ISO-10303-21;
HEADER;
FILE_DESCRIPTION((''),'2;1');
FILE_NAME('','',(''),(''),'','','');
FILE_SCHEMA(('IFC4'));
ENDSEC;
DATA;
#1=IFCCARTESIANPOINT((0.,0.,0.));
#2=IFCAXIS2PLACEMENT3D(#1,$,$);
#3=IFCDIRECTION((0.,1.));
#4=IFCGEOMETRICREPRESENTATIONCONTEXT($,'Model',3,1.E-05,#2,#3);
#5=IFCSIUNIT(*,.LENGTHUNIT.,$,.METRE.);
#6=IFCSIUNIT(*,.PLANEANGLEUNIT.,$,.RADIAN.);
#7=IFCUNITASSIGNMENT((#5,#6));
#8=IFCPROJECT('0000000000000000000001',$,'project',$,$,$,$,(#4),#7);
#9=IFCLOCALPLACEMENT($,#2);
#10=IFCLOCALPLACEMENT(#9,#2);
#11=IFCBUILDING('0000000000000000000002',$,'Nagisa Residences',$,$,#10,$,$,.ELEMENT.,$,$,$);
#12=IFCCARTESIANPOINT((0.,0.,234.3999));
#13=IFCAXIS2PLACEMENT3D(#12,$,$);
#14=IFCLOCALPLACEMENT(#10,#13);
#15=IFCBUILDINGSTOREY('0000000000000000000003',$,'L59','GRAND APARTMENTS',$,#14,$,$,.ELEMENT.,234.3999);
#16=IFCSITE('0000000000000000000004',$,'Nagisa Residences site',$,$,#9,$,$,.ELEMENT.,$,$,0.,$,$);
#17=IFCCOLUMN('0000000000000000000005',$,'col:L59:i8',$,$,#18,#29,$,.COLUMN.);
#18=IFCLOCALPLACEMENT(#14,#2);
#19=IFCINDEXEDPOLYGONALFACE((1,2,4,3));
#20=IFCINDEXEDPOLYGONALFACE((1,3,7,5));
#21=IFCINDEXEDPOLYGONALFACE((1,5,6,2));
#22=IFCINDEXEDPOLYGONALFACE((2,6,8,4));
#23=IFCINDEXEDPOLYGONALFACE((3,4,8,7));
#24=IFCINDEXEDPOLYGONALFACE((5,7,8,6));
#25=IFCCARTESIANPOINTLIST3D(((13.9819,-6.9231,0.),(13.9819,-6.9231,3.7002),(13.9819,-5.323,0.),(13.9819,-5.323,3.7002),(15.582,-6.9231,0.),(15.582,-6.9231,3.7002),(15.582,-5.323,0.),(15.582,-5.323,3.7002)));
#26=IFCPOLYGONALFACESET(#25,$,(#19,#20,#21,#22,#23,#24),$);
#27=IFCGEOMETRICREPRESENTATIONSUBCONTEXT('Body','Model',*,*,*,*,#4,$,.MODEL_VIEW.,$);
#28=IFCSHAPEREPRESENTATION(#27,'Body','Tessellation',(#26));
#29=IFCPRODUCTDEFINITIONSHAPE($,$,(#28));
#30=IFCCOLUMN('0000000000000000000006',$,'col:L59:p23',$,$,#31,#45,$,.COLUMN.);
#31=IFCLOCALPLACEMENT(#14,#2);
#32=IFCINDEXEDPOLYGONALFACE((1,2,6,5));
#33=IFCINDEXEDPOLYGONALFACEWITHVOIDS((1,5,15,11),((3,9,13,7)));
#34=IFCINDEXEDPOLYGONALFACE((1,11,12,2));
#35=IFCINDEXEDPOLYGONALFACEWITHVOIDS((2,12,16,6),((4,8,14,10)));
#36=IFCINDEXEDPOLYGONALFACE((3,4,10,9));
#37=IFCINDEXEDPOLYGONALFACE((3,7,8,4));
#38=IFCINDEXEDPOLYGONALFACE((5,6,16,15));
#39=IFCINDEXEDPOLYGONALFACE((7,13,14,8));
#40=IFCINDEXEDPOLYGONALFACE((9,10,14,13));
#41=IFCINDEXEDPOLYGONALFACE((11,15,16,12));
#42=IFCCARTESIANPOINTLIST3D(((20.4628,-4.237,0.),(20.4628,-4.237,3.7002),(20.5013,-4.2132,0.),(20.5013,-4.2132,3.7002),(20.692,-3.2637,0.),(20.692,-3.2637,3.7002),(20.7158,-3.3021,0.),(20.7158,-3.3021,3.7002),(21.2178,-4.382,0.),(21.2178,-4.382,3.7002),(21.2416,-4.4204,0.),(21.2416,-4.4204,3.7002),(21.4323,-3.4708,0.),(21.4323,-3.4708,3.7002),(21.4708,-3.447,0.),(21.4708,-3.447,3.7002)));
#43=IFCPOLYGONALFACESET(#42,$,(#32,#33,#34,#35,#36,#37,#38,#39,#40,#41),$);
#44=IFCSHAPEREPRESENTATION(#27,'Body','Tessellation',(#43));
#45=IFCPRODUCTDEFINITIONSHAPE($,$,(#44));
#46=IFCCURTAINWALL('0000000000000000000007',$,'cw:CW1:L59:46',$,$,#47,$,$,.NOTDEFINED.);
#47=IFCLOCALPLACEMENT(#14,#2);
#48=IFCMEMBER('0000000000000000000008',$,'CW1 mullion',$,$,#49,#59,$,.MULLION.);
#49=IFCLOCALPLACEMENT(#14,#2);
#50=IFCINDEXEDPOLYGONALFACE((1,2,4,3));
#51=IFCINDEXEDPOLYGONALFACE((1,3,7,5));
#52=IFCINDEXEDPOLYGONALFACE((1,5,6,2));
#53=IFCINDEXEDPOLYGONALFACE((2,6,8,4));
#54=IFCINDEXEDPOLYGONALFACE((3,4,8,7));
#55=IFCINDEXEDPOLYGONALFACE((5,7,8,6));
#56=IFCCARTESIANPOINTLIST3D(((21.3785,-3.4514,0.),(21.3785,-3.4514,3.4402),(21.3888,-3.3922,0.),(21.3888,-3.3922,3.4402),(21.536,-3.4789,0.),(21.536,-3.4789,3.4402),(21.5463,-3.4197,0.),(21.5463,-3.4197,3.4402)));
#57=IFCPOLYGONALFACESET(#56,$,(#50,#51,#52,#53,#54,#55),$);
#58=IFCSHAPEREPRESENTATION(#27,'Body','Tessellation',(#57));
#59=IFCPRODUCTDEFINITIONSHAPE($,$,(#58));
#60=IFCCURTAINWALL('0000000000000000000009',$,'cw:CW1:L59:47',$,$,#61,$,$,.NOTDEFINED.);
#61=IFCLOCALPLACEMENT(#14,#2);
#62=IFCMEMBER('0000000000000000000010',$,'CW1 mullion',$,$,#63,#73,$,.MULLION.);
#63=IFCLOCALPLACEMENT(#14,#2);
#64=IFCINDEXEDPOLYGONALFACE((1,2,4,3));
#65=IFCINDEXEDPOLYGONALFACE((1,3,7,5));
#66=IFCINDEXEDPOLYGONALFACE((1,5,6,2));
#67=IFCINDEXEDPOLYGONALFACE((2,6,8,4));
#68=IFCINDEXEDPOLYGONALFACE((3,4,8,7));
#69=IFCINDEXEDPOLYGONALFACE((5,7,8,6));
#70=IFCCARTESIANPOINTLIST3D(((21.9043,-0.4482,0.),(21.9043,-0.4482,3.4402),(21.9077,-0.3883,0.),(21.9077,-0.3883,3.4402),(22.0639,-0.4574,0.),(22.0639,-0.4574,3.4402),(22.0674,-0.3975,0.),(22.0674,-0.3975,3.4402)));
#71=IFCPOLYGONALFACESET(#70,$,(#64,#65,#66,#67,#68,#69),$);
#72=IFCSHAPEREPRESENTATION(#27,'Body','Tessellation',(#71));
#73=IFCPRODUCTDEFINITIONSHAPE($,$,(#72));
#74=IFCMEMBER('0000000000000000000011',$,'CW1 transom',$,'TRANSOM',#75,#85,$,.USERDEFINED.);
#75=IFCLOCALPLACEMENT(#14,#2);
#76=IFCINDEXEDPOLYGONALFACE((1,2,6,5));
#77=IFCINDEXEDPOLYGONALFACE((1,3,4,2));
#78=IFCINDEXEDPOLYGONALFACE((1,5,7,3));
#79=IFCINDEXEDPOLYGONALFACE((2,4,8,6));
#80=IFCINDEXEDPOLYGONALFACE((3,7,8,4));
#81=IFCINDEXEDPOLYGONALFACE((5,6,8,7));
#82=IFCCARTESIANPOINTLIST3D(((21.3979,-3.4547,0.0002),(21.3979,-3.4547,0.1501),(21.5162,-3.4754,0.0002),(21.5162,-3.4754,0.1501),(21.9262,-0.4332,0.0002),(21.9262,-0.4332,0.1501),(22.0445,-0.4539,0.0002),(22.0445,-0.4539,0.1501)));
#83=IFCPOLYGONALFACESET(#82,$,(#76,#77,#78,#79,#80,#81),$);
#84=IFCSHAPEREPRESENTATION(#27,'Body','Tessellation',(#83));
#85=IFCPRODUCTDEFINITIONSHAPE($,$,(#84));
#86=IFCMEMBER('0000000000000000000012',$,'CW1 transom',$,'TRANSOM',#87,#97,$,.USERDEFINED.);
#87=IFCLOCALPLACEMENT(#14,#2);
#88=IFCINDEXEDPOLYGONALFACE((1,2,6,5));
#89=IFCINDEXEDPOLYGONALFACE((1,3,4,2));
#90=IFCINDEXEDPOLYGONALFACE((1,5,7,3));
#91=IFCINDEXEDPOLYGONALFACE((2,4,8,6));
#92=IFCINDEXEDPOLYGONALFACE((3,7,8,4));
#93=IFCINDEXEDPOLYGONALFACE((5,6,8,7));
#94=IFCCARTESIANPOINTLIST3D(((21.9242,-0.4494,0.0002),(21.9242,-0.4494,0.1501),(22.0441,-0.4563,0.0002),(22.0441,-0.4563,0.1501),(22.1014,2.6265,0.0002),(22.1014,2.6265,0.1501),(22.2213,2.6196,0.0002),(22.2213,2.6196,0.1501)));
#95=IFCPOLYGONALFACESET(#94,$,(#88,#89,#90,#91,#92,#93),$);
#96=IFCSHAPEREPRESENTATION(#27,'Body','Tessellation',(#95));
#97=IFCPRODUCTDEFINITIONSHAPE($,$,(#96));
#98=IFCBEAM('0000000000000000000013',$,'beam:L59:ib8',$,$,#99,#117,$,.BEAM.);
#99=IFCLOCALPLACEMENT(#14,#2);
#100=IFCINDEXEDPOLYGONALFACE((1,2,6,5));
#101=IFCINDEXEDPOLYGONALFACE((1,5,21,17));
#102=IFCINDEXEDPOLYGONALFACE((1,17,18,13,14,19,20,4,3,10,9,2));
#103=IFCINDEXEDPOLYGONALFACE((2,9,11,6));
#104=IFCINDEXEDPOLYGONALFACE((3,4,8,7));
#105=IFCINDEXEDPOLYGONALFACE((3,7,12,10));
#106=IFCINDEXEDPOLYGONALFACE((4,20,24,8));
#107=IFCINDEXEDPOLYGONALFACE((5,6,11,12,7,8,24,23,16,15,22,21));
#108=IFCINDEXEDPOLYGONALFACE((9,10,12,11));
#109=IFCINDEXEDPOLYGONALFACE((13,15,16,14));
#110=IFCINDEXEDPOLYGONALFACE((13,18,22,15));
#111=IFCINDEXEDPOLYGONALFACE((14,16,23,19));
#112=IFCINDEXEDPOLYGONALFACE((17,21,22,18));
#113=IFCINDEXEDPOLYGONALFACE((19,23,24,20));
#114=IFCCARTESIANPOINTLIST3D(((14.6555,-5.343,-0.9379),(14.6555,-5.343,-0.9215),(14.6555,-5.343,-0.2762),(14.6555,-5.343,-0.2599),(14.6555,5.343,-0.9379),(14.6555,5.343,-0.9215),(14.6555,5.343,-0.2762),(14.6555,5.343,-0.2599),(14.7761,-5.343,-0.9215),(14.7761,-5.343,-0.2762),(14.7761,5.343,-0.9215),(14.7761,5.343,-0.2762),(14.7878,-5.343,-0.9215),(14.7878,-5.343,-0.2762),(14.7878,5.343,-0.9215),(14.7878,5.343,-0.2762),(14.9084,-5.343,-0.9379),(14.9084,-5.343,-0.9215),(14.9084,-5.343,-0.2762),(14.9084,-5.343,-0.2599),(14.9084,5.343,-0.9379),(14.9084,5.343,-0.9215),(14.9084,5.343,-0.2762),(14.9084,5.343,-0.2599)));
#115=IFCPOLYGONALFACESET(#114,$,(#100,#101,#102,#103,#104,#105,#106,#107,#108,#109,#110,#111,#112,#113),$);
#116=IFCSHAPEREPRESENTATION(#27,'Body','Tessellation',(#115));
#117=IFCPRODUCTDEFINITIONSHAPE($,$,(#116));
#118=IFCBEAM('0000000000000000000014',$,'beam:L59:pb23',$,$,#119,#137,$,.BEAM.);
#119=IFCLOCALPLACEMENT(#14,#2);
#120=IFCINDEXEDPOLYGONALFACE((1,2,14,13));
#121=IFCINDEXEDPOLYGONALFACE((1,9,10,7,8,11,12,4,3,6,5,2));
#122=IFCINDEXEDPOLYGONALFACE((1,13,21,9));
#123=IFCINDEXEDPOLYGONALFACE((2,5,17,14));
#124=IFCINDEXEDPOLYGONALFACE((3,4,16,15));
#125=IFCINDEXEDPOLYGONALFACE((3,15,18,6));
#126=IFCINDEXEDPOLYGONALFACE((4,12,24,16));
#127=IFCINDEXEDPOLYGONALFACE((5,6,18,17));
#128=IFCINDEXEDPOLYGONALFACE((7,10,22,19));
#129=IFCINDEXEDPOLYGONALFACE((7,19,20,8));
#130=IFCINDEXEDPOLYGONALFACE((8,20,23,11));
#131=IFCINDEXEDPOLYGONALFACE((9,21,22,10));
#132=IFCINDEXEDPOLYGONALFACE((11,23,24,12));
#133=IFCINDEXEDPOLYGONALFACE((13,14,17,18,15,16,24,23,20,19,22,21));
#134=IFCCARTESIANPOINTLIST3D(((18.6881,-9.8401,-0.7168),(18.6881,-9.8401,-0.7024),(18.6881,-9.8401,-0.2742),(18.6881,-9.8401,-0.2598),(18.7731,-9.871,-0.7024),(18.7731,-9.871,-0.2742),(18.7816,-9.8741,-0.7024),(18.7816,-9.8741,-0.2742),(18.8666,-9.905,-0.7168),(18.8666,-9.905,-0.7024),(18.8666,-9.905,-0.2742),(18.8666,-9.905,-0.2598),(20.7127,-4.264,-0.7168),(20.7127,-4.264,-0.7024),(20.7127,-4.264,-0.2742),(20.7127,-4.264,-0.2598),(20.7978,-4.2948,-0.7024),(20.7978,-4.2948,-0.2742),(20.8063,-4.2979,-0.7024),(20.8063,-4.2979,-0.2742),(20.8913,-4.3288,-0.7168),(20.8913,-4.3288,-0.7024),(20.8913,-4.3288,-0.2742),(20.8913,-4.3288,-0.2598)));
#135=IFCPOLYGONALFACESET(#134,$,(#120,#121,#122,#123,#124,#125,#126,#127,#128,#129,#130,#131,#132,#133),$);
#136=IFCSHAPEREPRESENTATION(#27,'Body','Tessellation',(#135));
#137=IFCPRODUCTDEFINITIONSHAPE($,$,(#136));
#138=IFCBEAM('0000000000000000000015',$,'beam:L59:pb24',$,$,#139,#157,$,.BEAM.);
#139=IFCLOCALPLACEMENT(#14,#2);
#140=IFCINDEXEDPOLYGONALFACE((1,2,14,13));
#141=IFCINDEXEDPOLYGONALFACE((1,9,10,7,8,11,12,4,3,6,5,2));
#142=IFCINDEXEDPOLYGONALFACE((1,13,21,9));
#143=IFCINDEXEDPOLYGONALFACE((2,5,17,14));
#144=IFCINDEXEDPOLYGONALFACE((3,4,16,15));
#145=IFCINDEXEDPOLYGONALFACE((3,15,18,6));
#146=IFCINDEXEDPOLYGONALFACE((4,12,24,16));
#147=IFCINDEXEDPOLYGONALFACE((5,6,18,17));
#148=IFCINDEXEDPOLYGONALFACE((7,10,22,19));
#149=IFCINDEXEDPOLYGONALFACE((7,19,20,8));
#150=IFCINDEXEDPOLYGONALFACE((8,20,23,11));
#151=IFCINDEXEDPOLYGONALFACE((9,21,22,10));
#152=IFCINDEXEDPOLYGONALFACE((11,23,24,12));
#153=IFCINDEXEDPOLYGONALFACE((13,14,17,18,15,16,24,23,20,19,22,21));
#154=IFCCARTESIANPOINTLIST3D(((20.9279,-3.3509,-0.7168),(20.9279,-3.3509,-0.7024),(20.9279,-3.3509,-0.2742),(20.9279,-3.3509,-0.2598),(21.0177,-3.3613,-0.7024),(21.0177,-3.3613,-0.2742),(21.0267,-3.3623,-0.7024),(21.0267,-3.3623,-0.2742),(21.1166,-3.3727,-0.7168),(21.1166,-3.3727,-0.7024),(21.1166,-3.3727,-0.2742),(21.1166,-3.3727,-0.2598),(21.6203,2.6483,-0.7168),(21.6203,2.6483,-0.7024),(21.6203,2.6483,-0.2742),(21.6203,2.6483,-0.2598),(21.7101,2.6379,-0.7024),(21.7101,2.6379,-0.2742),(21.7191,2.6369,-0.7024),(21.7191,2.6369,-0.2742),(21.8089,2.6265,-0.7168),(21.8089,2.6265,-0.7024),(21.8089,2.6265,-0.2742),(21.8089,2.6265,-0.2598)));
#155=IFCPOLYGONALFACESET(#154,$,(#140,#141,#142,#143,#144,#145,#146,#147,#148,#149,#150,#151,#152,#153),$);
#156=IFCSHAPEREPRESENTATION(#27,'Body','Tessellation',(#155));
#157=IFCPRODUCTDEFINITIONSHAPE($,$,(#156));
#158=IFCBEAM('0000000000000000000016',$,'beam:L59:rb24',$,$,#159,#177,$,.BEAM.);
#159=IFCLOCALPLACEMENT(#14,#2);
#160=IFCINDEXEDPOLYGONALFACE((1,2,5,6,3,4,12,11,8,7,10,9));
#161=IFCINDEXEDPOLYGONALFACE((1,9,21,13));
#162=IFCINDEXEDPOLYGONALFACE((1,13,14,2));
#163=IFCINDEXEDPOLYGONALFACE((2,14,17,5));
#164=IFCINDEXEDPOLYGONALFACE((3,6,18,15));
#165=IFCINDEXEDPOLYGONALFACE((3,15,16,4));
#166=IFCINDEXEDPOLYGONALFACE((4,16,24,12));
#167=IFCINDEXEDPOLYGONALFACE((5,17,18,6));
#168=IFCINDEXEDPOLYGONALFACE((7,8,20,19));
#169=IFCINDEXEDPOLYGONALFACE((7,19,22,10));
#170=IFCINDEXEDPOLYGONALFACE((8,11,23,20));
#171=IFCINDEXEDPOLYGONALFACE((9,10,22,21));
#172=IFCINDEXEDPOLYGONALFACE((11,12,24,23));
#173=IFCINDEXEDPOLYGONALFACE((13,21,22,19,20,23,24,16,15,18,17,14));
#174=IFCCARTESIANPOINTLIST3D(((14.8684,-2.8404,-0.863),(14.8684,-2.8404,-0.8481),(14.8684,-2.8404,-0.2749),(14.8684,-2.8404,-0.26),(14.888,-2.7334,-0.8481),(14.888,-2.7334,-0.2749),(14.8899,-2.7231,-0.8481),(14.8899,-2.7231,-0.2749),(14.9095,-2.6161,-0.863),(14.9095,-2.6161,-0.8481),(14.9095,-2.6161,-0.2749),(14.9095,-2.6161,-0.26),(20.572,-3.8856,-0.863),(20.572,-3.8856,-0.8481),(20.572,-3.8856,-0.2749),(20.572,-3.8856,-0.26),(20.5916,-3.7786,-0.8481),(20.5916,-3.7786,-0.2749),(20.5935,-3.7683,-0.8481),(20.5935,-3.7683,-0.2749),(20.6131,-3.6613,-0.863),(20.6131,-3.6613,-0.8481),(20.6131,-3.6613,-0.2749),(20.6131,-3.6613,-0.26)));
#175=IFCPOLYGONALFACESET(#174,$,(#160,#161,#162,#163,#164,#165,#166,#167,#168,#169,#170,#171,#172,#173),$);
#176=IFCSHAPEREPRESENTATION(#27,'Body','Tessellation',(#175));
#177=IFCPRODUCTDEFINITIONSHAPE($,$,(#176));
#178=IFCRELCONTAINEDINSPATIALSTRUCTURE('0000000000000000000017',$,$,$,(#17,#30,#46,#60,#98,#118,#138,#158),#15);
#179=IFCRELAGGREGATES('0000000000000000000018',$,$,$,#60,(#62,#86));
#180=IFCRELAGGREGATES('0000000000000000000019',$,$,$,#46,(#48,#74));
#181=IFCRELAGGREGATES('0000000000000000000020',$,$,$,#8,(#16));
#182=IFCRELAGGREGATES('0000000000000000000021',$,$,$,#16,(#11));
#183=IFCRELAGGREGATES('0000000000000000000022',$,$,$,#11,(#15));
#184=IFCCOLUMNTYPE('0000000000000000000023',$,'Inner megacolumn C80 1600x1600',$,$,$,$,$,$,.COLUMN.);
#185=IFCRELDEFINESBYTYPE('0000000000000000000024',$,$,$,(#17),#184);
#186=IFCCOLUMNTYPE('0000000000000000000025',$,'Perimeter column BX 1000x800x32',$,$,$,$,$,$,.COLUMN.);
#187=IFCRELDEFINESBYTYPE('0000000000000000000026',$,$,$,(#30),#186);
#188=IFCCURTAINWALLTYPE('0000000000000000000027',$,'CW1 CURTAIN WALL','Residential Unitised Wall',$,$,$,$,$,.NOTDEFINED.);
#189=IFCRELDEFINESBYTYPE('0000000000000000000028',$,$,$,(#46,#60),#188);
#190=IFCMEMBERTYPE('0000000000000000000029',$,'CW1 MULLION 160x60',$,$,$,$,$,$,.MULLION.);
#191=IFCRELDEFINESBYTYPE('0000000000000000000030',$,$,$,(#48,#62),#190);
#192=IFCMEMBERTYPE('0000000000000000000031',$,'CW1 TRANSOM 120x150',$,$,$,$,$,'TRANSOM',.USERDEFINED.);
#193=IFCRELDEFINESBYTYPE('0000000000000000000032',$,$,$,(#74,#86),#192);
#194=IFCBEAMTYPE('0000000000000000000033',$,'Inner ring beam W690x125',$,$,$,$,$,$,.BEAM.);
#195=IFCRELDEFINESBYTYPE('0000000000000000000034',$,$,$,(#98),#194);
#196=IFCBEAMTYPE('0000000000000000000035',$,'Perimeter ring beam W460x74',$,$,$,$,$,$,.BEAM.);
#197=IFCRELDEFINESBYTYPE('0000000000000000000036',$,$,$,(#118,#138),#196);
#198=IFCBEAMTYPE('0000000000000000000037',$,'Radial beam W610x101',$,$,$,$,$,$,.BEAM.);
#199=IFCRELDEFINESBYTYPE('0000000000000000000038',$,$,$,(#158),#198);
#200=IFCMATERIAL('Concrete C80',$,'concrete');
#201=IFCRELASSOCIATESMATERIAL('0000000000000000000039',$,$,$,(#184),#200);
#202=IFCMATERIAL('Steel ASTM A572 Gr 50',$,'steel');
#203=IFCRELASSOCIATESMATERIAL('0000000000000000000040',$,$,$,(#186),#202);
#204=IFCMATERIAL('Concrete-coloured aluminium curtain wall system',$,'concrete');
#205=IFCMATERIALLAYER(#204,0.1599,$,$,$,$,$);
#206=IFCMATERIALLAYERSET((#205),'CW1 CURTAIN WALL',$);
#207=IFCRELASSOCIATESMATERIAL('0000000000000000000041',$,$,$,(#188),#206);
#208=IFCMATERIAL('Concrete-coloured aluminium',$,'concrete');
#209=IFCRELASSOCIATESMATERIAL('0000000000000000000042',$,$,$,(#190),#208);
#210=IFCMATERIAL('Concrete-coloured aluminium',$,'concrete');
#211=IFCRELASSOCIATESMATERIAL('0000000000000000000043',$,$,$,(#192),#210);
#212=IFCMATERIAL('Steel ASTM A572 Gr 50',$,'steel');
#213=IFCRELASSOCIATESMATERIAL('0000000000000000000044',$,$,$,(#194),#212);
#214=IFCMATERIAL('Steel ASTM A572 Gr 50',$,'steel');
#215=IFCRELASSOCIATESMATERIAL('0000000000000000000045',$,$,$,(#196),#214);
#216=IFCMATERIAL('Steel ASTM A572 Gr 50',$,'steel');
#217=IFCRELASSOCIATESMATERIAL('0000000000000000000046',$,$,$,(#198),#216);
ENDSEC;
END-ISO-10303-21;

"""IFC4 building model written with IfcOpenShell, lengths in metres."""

from ifc_helpers import new_model, si_unit, direction, frame, origin, origin_2d, place, context, subcontext, project, spatial, rectangle, hollow_rectangle, i_section, extrude, material, layer, layer_set, material_profile, profile_set, type_object, element, aggregate, save


model = new_model("IFC4")

# Units and contexts
model_context = context("Model", 3, precision=1e-05, world=origin(), true_north=direction((0.0, 1.0)))
body_context = subcontext(model_context, "Body", "Model", "MODEL_VIEW")
ifc_project = project(units=[si_unit("LENGTHUNIT", "METRE"), si_unit("PLANEANGLEUNIT", "RADIAN")], contexts=[model_context])

# Site, building, storey
site_placement = place(None, origin())
site = spatial("IfcSite", under=ifc_project, at=site_placement, Name="Nagisa Residences site", CompositionType="ELEMENT", RefElevation=0.0)
building_placement = place(site_placement, origin())
building = spatial("IfcBuilding", under=site, at=building_placement, Name="Nagisa Residences", CompositionType="ELEMENT")
storey_placement = place(building_placement, frame((0.0, 0.0, 234.3999)))
storey = spatial("IfcBuildingStorey", under=building, at=storey_placement, Name="L59", Description="GRAND APARTMENTS", CompositionType="ELEMENT", Elevation=234.3999)

# Columns
ifc_material_1 = material(Name="Concrete C80", Category="concrete")
ifc_material_profile_1 = material_profile(ifc_material_1, rectangle(XDim=1.6001, YDim=1.6001, at=origin_2d()), Name="C80 1600x1600")
ifc_profile_set_1 = profile_set([ifc_material_profile_1], Name="Concrete C80")
column_type_1 = type_object("IfcColumnType", Name="Inner megacolumn C80 1600x1600", PredefinedType="COLUMN", material=ifc_profile_set_1)
column_1_placement = place(storey_placement, frame((14.782, -6.123, 0.0), z_axis=(0.0, 0.0, 1.0), x_axis=(1.0, 0.0, 0.0)))
element("IfcColumn", 1, at=column_1_placement, inside=storey, type_object=column_type_1, Name="col:L59:i8", PredefinedType="COLUMN", context=body_context, shape_type="SweptSolid", body=[
    extrude(rectangle(XDim=1.6001, YDim=1.6001, at=origin_2d()), origin(), (0.0, 0.0, 1.0), 3.7002),
])
ifc_material_2 = material(Name="Steel ASTM A572 Gr 50", Category="steel")
ifc_material_profile_2 = material_profile(ifc_material_2, hollow_rectangle(XDim=1.0, YDim=0.8, WallThickness=0.032, at=origin_2d()), Name="BX 1000x800x32")
ifc_profile_set_2 = profile_set([ifc_material_profile_2], Name="Steel ASTM A572 Gr 50")
column_type_2 = type_object("IfcColumnType", Name="Perimeter column BX 1000x800x32", PredefinedType="COLUMN", material=ifc_profile_set_2)
column_2_placement = place(storey_placement, frame((20.9668, -3.842, 0.0), z_axis=(0.0, 0.0, 1.0), x_axis=(0.229202, 0.973379, 0.0)))
element("IfcColumn", 2, at=column_2_placement, inside=storey, type_object=column_type_2, Name="col:L59:p23", PredefinedType="COLUMN", context=body_context, shape_type="SweptSolid", body=[
    extrude(hollow_rectangle(XDim=1.0, YDim=0.8, WallThickness=0.032, at=origin_2d()), origin(), (0.0, 0.0, 1.0), 3.7002),
])

# Curtain walls, members
ifc_material_3 = material(Name="Concrete-coloured aluminium curtain wall system", Category="concrete")
ifc_layer_1 = layer(ifc_material_3, 0.1599)
ifc_layer_set_1 = layer_set([ifc_layer_1], Name="CW1 CURTAIN WALL")
curtain_wall_type = type_object("IfcCurtainWallType", Name="CW1 CURTAIN WALL", Description="Residential Unitised Wall", PredefinedType="NOTDEFINED", material=ifc_layer_set_1)
curtain_wall_1_placement = place(storey_placement, origin())
curtain_wall_1 = element("IfcCurtainWall", 3, at=curtain_wall_1_placement, inside=storey, type_object=curtain_wall_type, Name="cw:CW1:L59:46", PredefinedType="NOTDEFINED")
ifc_material_4 = material(Name="Concrete-coloured aluminium", Category="concrete")
ifc_material_profile_3 = material_profile(ifc_material_4, rectangle(XDim=0.1599, YDim=0.0601, at=origin_2d()), Name="CW1 MULLION 160x60")
ifc_profile_set_3 = profile_set([ifc_material_profile_3], Name="Concrete-coloured aluminium")
member_type_1 = type_object("IfcMemberType", Name="CW1 MULLION 160x60", PredefinedType="MULLION", material=ifc_profile_set_3)
member_1_placement = place(storey_placement, frame((21.4624, -3.4355, 0.0), z_axis=(0.0, 0.0, 1.0), x_axis=(-0.985064, 0.172191, 0.0)))
member_1 = element("IfcMember", 4, at=member_1_placement, type_object=member_type_1, Name="CW1 mullion", PredefinedType="MULLION", context=body_context, shape_type="SweptSolid", body=[
    extrude(rectangle(XDim=0.1599, YDim=0.0601, at=origin_2d()), origin(), (0.0, 0.0, 1.0), 3.4402),
])
curtain_wall_2_placement = place(storey_placement, origin())
curtain_wall_2 = element("IfcCurtainWall", 5, at=curtain_wall_2_placement, inside=storey, type_object=curtain_wall_type, Name="cw:CW1:L59:47", PredefinedType="NOTDEFINED")
member_2_placement = place(storey_placement, frame((21.9858, -0.4229, 0.0), z_axis=(0.0, 0.0, 1.0), x_axis=(-0.998345, 0.057503, 0.0)))
member_2 = element("IfcMember", 6, at=member_2_placement, type_object=member_type_1, Name="CW1 mullion", PredefinedType="MULLION", context=body_context, shape_type="SweptSolid", body=[
    extrude(rectangle(XDim=0.1599, YDim=0.0601, at=origin_2d()), origin(), (0.0, 0.0, 1.0), 3.4402),
])

# Members
ifc_material_5 = material(Name="Concrete-coloured aluminium", Category="concrete")
ifc_material_profile_4 = material_profile(ifc_material_5, rectangle(XDim=0.1201, YDim=0.1499, at=origin_2d()), Name="CW1 TRANSOM 120x150")
ifc_profile_set_4 = profile_set([ifc_material_profile_4], Name="Concrete-coloured aluminium")
member_type_2 = type_object("IfcMemberType", Name="CW1 TRANSOM 120x150", ElementType="TRANSOM", PredefinedType="USERDEFINED", material=ifc_profile_set_4)
member_3_placement = place(storey_placement, frame((21.457, -3.4651, 0.0752), z_axis=(0.172241, 0.985055, 0.0), x_axis=(-0.985055, 0.172241, 0.0)))
member_3 = element("IfcMember", 7, at=member_3_placement, type_object=member_type_2, Name="CW1 transom", ObjectType="TRANSOM", PredefinedType="USERDEFINED", context=body_context, shape_type="SweptSolid", body=[
    extrude(rectangle(XDim=0.1201, YDim=0.1499, at=origin_2d()), origin(), (0.0, 0.0, 1.0), 3.0674),
])
member_4_placement = place(storey_placement, frame((21.9841, -0.4529, 0.0752), z_axis=(0.057528, 0.998344, 0.0), x_axis=(-0.998344, 0.057528, 0.0)))
member_4 = element("IfcMember", 8, at=member_4_placement, type_object=member_type_2, Name="CW1 transom", ObjectType="TRANSOM", PredefinedType="USERDEFINED", context=body_context, shape_type="SweptSolid", body=[
    extrude(rectangle(XDim=0.1201, YDim=0.1499, at=origin_2d()), origin(), (0.0, 0.0, 1.0), 3.0811),
])
aggregate(curtain_wall_2, [member_2, member_4])

# Beams
ifc_material_6 = material(Name="Steel ASTM A572 Gr 50", Category="steel")
ifc_material_profile_5 = material_profile(ifc_material_6, i_section(OverallWidth=0.2529, OverallDepth=0.678, WebThickness=0.0117, FlangeThickness=0.0164, at=origin_2d()), Name="W690x125")
ifc_profile_set_5 = profile_set([ifc_material_profile_5], Name="Steel ASTM A572 Gr 50")
beam_type_1 = type_object("IfcBeamType", Name="Inner ring beam W690x125", PredefinedType="BEAM", material=ifc_profile_set_5)
beam_1_placement = place(storey_placement, frame((14.782, -5.343, -0.5989), z_axis=(0.0, 1.0, 0.0), x_axis=(-1.0, 0.0, 0.0)))
element("IfcBeam", 9, at=beam_1_placement, inside=storey, type_object=beam_type_1, Name="beam:L59:ib8", PredefinedType="BEAM", context=body_context, shape_type="SweptSolid", body=[
    extrude(i_section(OverallWidth=0.2529, OverallDepth=0.678, WebThickness=0.0117, FlangeThickness=0.0164, at=origin_2d()), origin(), (0.0, 0.0, 1.0), 10.686),
])
ifc_material_7 = material(Name="Steel ASTM A572 Gr 50", Category="steel")
ifc_material_profile_6 = material_profile(ifc_material_7, i_section(OverallWidth=0.1899, OverallDepth=0.457, WebThickness=0.009, FlangeThickness=0.0144, at=origin_2d()), Name="W460x74")
ifc_profile_set_6 = profile_set([ifc_material_profile_6], Name="Steel ASTM A572 Gr 50")
beam_type_2 = type_object("IfcBeamType", Name="Perimeter ring beam W460x74", PredefinedType="BEAM", material=ifc_profile_set_6)
beam_2_placement = place(storey_placement, frame((18.7773, -9.8726, -0.4883), z_axis=(0.34129, 0.939958, 0.0), x_axis=(-0.939958, 0.34129, 0.0)))
element("IfcBeam", 10, at=beam_2_placement, inside=storey, type_object=beam_type_2, Name="beam:L59:pb23", PredefinedType="BEAM", context=body_context, shape_type="SweptSolid", body=[
    extrude(i_section(OverallWidth=0.1899, OverallDepth=0.457, WebThickness=0.009, FlangeThickness=0.0144, at=origin_2d()), origin(), (0.0, 0.0, 1.0), 5.9324),
])
beam_3_placement = place(storey_placement, frame((21.0222, -3.3618, -0.4883), z_axis=(0.11465, 0.993406, 0.0), x_axis=(-0.993406, 0.11465, 0.0)))
element("IfcBeam", 11, at=beam_3_placement, inside=storey, type_object=beam_type_2, Name="beam:L59:pb24", PredefinedType="BEAM", context=body_context, shape_type="SweptSolid", body=[
    extrude(i_section(OverallWidth=0.1899, OverallDepth=0.457, WebThickness=0.009, FlangeThickness=0.0144, at=origin_2d()), origin(), (0.0, 0.0, 1.0), 6.0391),
])
ifc_material_8 = material(Name="Steel ASTM A572 Gr 50", Category="steel")
ifc_material_profile_7 = material_profile(ifc_material_8, i_section(OverallWidth=0.228, OverallDepth=0.603, WebThickness=0.0105, FlangeThickness=0.0149, at=origin_2d()), Name="W610x101")
ifc_profile_set_7 = profile_set([ifc_material_profile_7], Name="Steel ASTM A572 Gr 50")
beam_type_3 = type_object("IfcBeamType", Name="Radial beam W610x101", PredefinedType="BEAM", material=ifc_profile_set_7)
beam_4_placement = place(storey_placement, frame((20.5925, -3.7734, -0.5615), z_axis=(-0.983622, 0.180245, 0.0), x_axis=(-0.180245, -0.983622, 0.0)))
element("IfcBeam", 12, at=beam_4_placement, inside=storey, type_object=beam_type_3, Name="beam:L59:rb24", PredefinedType="BEAM", context=body_context, shape_type="SweptSolid", body=[
    extrude(i_section(OverallWidth=0.228, OverallDepth=0.603, WebThickness=0.0105, FlangeThickness=0.0149, at=origin_2d()), origin(), (0.0, 0.0, 1.0), 5.7986),
])

aggregate(curtain_wall_1, [member_1, member_3])

save(model, "model.ifc")
